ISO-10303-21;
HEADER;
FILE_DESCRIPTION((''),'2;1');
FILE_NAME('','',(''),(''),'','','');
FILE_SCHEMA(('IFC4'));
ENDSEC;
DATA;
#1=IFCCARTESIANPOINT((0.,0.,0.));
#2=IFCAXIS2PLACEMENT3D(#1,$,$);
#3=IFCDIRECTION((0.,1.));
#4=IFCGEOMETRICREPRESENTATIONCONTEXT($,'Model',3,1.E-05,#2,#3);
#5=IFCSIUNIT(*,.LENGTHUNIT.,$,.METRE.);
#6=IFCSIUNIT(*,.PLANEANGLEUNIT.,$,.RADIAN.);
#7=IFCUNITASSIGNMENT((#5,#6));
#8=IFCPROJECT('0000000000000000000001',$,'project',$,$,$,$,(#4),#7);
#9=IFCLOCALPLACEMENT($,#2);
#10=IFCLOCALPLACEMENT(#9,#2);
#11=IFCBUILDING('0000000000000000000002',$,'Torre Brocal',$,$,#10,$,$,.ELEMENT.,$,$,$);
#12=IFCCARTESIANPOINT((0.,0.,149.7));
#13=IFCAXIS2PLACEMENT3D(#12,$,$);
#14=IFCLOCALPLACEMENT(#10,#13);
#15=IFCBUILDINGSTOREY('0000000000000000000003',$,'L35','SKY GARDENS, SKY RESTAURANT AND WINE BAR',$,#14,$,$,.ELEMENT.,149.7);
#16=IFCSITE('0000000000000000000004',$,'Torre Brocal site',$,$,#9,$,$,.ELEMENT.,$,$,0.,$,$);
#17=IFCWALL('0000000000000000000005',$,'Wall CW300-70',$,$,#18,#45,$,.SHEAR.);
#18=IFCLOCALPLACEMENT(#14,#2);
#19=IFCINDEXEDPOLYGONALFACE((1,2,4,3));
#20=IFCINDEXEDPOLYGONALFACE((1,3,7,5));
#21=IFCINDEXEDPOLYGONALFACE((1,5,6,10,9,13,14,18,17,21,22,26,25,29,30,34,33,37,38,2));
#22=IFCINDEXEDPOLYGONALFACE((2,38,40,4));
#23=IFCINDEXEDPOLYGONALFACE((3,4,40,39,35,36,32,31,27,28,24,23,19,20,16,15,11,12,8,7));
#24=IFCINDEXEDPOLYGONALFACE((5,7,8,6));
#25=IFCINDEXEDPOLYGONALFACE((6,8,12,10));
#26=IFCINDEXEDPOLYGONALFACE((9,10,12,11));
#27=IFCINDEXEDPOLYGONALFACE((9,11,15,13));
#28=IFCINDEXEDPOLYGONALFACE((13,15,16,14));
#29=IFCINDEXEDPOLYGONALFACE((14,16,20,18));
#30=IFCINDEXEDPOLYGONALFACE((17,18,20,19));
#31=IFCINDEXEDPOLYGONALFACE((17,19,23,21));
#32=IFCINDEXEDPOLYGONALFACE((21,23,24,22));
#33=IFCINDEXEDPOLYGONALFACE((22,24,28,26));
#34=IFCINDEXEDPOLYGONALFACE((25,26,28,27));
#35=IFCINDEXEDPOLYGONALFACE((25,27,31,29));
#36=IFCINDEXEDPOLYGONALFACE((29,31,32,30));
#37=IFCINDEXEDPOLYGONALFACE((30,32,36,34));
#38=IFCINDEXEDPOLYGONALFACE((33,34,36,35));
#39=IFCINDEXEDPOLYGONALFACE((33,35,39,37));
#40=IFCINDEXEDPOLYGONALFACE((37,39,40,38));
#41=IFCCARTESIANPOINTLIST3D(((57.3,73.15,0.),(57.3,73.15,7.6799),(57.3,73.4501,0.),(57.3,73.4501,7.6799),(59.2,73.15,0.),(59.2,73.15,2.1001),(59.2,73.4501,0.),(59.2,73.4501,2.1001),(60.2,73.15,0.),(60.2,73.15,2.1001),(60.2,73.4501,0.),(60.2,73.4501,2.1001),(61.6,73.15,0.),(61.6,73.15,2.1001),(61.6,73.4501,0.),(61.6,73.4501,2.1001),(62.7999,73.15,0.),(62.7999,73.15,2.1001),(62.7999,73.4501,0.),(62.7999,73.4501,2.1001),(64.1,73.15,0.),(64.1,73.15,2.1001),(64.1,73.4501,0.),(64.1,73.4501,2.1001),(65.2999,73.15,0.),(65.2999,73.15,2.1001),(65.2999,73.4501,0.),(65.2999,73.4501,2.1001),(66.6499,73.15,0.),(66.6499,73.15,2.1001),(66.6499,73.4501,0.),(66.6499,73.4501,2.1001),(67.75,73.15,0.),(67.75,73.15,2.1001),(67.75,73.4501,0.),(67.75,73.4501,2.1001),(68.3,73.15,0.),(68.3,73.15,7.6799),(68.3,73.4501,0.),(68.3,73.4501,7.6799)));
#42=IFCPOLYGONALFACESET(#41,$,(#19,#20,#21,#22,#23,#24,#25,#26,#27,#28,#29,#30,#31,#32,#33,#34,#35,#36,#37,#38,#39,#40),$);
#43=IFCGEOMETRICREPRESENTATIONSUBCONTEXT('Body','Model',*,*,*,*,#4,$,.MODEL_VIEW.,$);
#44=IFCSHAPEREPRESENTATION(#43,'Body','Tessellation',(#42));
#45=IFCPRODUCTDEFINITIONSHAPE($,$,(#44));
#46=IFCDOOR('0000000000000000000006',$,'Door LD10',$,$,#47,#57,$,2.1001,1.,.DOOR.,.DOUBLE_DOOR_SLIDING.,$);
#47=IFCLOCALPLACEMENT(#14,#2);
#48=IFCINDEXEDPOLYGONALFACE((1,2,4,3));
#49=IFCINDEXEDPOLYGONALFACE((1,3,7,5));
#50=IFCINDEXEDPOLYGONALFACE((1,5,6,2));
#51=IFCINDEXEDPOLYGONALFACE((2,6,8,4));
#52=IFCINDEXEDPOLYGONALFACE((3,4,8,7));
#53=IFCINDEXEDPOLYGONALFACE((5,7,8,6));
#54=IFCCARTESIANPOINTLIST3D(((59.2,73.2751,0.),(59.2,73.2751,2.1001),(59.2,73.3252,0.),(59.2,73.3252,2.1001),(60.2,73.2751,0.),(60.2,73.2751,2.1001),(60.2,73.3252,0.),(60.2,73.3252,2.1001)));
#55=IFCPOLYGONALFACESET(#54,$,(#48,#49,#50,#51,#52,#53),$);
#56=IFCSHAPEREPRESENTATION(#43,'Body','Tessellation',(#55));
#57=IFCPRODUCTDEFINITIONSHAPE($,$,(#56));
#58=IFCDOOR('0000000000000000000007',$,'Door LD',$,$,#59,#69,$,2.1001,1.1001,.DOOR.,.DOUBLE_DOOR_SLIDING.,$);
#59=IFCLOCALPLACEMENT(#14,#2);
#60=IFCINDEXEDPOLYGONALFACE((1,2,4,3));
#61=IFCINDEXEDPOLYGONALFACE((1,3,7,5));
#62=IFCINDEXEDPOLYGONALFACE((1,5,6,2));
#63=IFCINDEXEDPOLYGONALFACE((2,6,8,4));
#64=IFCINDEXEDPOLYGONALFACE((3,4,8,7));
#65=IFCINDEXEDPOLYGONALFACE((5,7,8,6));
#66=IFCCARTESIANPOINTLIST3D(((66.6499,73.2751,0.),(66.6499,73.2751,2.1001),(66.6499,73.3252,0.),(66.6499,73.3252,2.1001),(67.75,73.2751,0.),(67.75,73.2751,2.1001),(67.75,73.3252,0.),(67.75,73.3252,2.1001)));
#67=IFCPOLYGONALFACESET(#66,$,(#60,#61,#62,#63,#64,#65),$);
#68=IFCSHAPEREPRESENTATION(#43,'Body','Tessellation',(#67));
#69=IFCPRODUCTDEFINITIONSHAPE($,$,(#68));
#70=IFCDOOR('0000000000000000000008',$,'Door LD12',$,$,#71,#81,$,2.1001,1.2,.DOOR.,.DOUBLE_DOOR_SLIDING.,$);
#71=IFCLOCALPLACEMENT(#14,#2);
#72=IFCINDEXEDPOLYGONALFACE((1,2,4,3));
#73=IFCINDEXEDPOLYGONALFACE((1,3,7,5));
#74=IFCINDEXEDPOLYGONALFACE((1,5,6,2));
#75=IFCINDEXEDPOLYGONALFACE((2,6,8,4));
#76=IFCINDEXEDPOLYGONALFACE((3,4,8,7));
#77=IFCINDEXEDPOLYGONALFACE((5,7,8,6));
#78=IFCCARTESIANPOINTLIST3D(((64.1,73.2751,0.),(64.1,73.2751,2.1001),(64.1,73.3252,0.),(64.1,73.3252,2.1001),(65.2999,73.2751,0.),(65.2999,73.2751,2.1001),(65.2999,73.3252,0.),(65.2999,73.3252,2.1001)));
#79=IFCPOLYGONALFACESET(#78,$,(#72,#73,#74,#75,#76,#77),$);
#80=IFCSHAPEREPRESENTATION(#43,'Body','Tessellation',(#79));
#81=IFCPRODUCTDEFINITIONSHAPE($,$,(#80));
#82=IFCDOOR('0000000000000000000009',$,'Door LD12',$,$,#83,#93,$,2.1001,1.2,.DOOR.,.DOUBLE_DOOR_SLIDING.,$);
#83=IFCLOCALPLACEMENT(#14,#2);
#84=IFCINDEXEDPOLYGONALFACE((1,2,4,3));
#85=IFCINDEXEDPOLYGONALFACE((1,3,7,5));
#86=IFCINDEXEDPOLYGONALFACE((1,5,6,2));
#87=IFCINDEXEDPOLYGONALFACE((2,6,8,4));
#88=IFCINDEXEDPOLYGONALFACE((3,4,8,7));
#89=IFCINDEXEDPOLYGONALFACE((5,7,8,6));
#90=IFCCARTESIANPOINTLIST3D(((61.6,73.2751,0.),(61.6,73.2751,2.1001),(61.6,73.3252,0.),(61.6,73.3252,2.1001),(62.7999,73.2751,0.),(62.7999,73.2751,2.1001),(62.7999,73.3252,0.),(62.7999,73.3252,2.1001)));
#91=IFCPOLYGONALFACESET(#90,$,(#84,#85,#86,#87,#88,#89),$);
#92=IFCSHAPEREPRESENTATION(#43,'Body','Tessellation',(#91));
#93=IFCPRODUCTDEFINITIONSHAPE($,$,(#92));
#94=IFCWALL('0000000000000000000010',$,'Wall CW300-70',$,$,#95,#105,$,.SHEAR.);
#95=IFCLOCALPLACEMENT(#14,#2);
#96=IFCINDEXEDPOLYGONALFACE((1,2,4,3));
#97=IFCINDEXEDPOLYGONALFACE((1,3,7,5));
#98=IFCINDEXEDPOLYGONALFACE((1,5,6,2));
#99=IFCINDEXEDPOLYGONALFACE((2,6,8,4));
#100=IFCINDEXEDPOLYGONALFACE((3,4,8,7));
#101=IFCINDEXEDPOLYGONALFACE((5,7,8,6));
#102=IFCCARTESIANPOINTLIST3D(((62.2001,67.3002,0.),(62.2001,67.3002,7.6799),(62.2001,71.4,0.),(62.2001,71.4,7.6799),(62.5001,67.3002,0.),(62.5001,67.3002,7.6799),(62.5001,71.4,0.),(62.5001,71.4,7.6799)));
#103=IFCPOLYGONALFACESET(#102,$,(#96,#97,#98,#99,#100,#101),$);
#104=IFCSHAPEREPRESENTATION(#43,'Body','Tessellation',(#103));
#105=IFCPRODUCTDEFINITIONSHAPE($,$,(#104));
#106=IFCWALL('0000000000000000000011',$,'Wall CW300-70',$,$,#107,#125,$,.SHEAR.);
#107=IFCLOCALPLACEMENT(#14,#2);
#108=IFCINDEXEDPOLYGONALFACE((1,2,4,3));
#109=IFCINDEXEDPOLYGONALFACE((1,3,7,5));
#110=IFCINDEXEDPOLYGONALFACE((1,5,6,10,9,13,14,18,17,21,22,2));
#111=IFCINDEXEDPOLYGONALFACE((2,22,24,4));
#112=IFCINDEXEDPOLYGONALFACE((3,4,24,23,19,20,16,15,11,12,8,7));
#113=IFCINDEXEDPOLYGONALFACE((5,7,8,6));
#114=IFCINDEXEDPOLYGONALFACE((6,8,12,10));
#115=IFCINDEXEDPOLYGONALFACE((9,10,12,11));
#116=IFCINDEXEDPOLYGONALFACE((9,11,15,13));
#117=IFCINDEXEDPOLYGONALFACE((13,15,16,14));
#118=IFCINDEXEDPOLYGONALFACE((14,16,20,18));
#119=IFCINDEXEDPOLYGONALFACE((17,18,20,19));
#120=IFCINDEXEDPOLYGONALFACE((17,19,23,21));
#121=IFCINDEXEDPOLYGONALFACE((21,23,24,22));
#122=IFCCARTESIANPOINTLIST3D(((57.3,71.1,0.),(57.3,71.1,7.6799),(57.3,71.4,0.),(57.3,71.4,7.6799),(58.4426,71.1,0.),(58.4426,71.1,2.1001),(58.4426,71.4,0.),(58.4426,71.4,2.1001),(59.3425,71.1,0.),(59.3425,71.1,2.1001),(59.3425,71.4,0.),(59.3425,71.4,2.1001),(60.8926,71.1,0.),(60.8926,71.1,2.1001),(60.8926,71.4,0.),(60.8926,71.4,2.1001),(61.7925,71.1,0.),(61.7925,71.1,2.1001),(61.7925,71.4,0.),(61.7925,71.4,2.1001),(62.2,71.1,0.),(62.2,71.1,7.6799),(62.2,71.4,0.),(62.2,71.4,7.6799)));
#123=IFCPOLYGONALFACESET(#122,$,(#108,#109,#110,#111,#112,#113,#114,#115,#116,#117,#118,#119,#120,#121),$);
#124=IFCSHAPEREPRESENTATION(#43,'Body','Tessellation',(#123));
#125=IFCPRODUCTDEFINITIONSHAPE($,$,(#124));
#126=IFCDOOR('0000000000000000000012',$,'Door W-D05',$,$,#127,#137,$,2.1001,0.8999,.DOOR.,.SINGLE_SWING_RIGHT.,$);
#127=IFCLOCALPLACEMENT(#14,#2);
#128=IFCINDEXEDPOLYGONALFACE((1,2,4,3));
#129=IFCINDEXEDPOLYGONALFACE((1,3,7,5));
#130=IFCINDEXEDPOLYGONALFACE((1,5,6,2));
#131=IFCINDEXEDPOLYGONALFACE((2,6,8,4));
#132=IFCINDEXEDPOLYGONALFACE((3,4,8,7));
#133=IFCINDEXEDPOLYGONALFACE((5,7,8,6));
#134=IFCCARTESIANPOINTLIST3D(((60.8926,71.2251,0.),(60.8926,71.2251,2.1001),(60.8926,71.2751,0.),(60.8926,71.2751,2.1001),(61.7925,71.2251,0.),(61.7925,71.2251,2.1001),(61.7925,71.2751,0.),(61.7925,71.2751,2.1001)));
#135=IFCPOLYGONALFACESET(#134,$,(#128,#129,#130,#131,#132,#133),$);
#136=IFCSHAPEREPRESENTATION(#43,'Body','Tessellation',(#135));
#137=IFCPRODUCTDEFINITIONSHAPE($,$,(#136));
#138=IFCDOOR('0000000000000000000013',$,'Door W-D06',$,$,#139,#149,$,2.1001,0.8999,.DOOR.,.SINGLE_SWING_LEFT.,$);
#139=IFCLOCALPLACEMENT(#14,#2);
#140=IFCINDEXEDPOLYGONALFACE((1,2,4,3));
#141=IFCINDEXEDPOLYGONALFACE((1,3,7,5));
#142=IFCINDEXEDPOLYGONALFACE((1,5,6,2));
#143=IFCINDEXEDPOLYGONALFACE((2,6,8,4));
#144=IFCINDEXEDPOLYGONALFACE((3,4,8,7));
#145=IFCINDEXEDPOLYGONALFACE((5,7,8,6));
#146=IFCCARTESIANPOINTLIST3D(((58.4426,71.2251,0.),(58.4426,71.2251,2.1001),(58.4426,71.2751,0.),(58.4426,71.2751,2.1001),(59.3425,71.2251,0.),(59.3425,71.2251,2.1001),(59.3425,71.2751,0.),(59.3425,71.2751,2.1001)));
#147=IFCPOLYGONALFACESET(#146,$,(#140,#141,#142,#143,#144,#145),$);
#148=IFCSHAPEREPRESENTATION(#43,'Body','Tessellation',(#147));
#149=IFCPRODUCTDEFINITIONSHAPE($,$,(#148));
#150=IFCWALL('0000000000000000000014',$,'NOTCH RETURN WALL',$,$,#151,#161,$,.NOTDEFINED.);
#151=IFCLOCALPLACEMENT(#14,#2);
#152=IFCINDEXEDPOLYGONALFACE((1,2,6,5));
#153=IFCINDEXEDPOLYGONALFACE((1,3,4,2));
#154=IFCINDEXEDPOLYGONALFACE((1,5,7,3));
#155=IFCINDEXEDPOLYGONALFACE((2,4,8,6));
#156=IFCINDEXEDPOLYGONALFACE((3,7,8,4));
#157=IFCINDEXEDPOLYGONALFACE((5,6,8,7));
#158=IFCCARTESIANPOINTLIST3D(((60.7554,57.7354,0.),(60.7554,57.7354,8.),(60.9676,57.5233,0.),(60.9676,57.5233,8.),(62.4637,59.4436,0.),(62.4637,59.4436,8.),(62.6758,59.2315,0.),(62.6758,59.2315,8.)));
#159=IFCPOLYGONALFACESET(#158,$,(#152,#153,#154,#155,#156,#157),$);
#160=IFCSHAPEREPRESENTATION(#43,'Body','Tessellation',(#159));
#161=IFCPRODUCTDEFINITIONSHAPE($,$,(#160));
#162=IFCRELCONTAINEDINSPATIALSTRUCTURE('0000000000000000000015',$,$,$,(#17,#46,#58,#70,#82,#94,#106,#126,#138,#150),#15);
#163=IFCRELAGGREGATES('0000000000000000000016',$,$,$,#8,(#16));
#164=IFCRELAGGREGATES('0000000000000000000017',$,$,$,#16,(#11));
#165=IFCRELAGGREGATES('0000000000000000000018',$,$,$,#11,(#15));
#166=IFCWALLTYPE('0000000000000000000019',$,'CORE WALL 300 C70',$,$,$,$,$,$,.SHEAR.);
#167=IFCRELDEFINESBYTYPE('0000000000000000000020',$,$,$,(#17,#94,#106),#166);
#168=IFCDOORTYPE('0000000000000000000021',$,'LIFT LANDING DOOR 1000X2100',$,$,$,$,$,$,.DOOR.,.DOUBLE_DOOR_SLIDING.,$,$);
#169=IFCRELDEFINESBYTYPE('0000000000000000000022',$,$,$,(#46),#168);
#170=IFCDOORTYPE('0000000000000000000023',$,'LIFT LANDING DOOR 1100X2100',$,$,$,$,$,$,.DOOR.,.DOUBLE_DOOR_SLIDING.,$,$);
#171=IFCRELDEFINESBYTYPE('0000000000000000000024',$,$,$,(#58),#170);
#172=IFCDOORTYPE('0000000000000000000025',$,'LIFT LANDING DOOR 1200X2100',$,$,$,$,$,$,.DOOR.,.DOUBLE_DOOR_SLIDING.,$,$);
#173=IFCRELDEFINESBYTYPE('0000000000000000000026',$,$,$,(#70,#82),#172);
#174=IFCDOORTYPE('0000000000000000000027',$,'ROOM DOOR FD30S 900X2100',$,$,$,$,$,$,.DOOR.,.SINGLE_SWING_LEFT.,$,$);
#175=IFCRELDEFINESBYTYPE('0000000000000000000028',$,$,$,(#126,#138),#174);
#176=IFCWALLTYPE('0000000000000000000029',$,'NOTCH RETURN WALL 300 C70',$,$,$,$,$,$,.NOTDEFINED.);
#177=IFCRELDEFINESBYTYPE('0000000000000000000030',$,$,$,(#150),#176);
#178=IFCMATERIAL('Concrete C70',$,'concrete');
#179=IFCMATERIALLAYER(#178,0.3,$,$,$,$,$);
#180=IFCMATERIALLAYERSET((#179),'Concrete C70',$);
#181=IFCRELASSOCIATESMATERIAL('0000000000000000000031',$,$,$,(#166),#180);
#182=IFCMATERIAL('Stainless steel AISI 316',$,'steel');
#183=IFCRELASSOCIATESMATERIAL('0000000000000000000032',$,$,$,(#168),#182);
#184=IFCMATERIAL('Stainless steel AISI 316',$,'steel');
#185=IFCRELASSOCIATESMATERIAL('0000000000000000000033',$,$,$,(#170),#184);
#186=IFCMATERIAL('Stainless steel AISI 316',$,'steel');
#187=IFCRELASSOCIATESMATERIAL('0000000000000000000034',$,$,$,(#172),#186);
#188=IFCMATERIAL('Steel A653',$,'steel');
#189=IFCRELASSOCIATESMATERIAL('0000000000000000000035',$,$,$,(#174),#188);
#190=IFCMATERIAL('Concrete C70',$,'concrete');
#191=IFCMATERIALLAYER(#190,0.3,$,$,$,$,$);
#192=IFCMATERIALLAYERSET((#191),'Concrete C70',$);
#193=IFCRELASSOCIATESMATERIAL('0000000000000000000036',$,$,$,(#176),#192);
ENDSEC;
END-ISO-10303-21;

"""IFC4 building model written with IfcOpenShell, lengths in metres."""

from ifc_helpers import new_model, si_unit, direction, frame, frame_2d, origin, place, context, subcontext, project, spatial, rectangle, extrude, material, layer, layer_set, type_object, element, fill, save


model = new_model("IFC4")

# Units and contexts
model_context = context("Model", 3, precision=1e-05, world=origin(), true_north=direction((0.0, 1.0)))
body_context = subcontext(model_context, "Body", "Model", "MODEL_VIEW")
ifc_project = project(units=[si_unit("LENGTHUNIT", "METRE"), si_unit("PLANEANGLEUNIT", "RADIAN")], contexts=[model_context])

# Site, building, storey
site_placement = place(None, origin())
site = spatial("IfcSite", under=ifc_project, at=site_placement, Name="Torre Brocal site", CompositionType="ELEMENT", RefElevation=0.0)
building_placement = place(site_placement, origin())
building = spatial("IfcBuilding", under=site, at=building_placement, Name="Torre Brocal", CompositionType="ELEMENT")
storey_placement = place(building_placement, frame((0.0, 0.0, 149.7)))
storey = spatial("IfcBuildingStorey", under=building, at=storey_placement, Name="L35", Description="SKY GARDENS, SKY RESTAURANT AND WINE BAR", CompositionType="ELEMENT", Elevation=149.7)

# Wall, openings, doors
ifc_material_1 = material(Name="Concrete C70", Category="concrete")
ifc_layer_1 = layer(ifc_material_1, 0.3)
ifc_layer_set_1 = layer_set([ifc_layer_1], Name="Concrete C70")
wall_type_1 = type_object("IfcWallType", Name="CORE WALL 300 C70", PredefinedType="SHEAR", material=ifc_layer_set_1)
wall_1_placement = place(storey_placement, frame((68.3, 73.3, 0.0), z_axis=(0.0, 0.0, 1.0), x_axis=(-1.0, 0.0, 0.0)))
wall_1 = element("IfcWall", 1, at=wall_1_placement, inside=storey, type_object=wall_type_1, Name="Wall CW300-70", PredefinedType="SHEAR", context=body_context, shape_type="SweptSolid", body=[
    extrude(rectangle(XDim=11.0, YDim=0.3, at=frame_2d((5.5, 0.0))), origin(), (0.0, 0.0, 1.0), 7.6799),
])
opening_1_placement = place(wall_1_placement, frame((0.55, 0.0, 0.0)))
opening_1 = element("IfcOpeningElement", 2, at=opening_1_placement, cuts=wall_1, PredefinedType="OPENING", context=body_context, shape_type="SweptSolid", body=[
    extrude(rectangle(XDim=1.1001, YDim=2.1001, at=frame_2d((0.55, 1.05))), frame((0.0, 0.1599, 0.0), z_axis=(0.0, -1.0, 0.0), x_axis=(1.0, 0.0, 0.0)), (0.0, 0.0, 1.0), 0.3201),
])
opening_2_placement = place(wall_1_placement, frame((3.0, 0.0, 0.0)))
opening_2 = element("IfcOpeningElement", 3, at=opening_2_placement, cuts=wall_1, PredefinedType="OPENING", context=body_context, shape_type="SweptSolid", body=[
    extrude(rectangle(XDim=1.2, YDim=2.1001, at=frame_2d((0.6001, 1.05))), frame((0.0, 0.1599, 0.0), z_axis=(0.0, -1.0, 0.0), x_axis=(1.0, 0.0, 0.0)), (0.0, 0.0, 1.0), 0.3201),
])
opening_3_placement = place(wall_1_placement, frame((5.5, 0.0, 0.0)))
opening_3 = element("IfcOpeningElement", 4, at=opening_3_placement, cuts=wall_1, PredefinedType="OPENING", context=body_context, shape_type="SweptSolid", body=[
    extrude(rectangle(XDim=1.2, YDim=2.1001, at=frame_2d((0.6001, 1.05))), frame((0.0, 0.1599, 0.0), z_axis=(0.0, -1.0, 0.0), x_axis=(1.0, 0.0, 0.0)), (0.0, 0.0, 1.0), 0.3201),
])
opening_4_placement = place(wall_1_placement, frame((8.1001, 0.0, 0.0)))
opening_4 = element("IfcOpeningElement", 5, at=opening_4_placement, cuts=wall_1, PredefinedType="OPENING", context=body_context, shape_type="SweptSolid", body=[
    extrude(rectangle(XDim=1.0, YDim=2.1001, at=frame_2d((0.5, 1.05))), frame((0.0, 0.1599, 0.0), z_axis=(0.0, -1.0, 0.0), x_axis=(1.0, 0.0, 0.0)), (0.0, 0.0, 1.0), 0.3201),
])
ifc_material_2 = material(Name="Stainless steel AISI 316", Category="steel")
door_type_1 = type_object("IfcDoorType", Name="LIFT LANDING DOOR 1000X2100", OperationType="DOUBLE_DOOR_SLIDING", PredefinedType="DOOR", material=ifc_material_2)
door_1_placement = place(opening_4_placement, origin())
door_1 = element("IfcDoor", 6, at=door_1_placement, inside=storey, type_object=door_type_1, Name="Door LD10", OperationType="DOUBLE_DOOR_SLIDING", OverallHeight=2.1001, OverallWidth=1.0, PredefinedType="DOOR", context=body_context, shape_type="SweptSolid", body=[
    extrude(rectangle(XDim=1.0, YDim=2.1001, at=frame_2d((0.5, 1.05))), frame((0.0, 0.0249, 0.0), z_axis=(0.0, -1.0, 0.0), x_axis=(1.0, 0.0, 0.0)), (0.0, 0.0, 1.0), 0.05),
])
fill(opening_4, door_1)
ifc_material_3 = material(Name="Stainless steel AISI 316", Category="steel")
door_type_2 = type_object("IfcDoorType", Name="LIFT LANDING DOOR 1100X2100", OperationType="DOUBLE_DOOR_SLIDING", PredefinedType="DOOR", material=ifc_material_3)
door_2_placement = place(opening_1_placement, origin())
door_2 = element("IfcDoor", 7, at=door_2_placement, inside=storey, type_object=door_type_2, Name="Door LD", OperationType="DOUBLE_DOOR_SLIDING", OverallHeight=2.1001, OverallWidth=1.1001, PredefinedType="DOOR", context=body_context, shape_type="SweptSolid", body=[
    extrude(rectangle(XDim=1.1001, YDim=2.1001, at=frame_2d((0.55, 1.05))), frame((0.0, 0.0249, 0.0), z_axis=(0.0, -1.0, 0.0), x_axis=(1.0, 0.0, 0.0)), (0.0, 0.0, 1.0), 0.05),
])
fill(opening_1, door_2)
ifc_material_4 = material(Name="Stainless steel AISI 316", Category="steel")
door_type_3 = type_object("IfcDoorType", Name="LIFT LANDING DOOR 1200X2100", OperationType="DOUBLE_DOOR_SLIDING", PredefinedType="DOOR", material=ifc_material_4)
door_3_placement = place(opening_2_placement, origin())
door_3 = element("IfcDoor", 8, at=door_3_placement, inside=storey, type_object=door_type_3, Name="Door LD12", OperationType="DOUBLE_DOOR_SLIDING", OverallHeight=2.1001, OverallWidth=1.2, PredefinedType="DOOR", context=body_context, shape_type="SweptSolid", body=[
    extrude(rectangle(XDim=1.2, YDim=2.1001, at=frame_2d((0.6001, 1.05))), frame((0.0, 0.0249, 0.0), z_axis=(0.0, -1.0, 0.0), x_axis=(1.0, 0.0, 0.0)), (0.0, 0.0, 1.0), 0.05),
])
fill(opening_2, door_3)
door_4_placement = place(opening_3_placement, origin())
door_4 = element("IfcDoor", 9, at=door_4_placement, inside=storey, type_object=door_type_3, Name="Door LD12", OperationType="DOUBLE_DOOR_SLIDING", OverallHeight=2.1001, OverallWidth=1.2, PredefinedType="DOOR", context=body_context, shape_type="SweptSolid", body=[
    extrude(rectangle(XDim=1.2, YDim=2.1001, at=frame_2d((0.6001, 1.05))), frame((0.0, 0.0249, 0.0), z_axis=(0.0, -1.0, 0.0), x_axis=(1.0, 0.0, 0.0)), (0.0, 0.0, 1.0), 0.05),
])
fill(opening_3, door_4)

# Wall
wall_2_placement = place(storey_placement, frame((62.3501, 71.3999, 0.0), z_axis=(0.0, 0.0, 1.0), x_axis=(0.0, -1.0, 0.0)))
element("IfcWall", 10, at=wall_2_placement, inside=storey, type_object=wall_type_1, Name="Wall CW300-70", PredefinedType="SHEAR", context=body_context, shape_type="SweptSolid", body=[
    extrude(rectangle(XDim=4.0999, YDim=0.3, at=frame_2d((2.0498, 0.0))), origin(), (0.0, 0.0, 1.0), 7.6799),
])

# Wall, openings, doors
wall_3_placement = place(storey_placement, frame((62.2, 71.25, 0.0), z_axis=(0.0, 0.0, 1.0), x_axis=(-1.0, 0.0, 0.0)))
wall_3 = element("IfcWall", 11, at=wall_3_placement, inside=storey, type_object=wall_type_1, Name="Wall CW300-70", PredefinedType="SHEAR", context=body_context, shape_type="SweptSolid", body=[
    extrude(rectangle(XDim=4.8999, YDim=0.3, at=frame_2d((2.45, 0.0))), origin(), (0.0, 0.0, 1.0), 7.6799),
])
opening_5_placement = place(wall_3_placement, frame((0.4075, 0.0, 0.0)))
opening_5 = element("IfcOpeningElement", 12, at=opening_5_placement, cuts=wall_3, PredefinedType="OPENING", context=body_context, shape_type="SweptSolid", body=[
    extrude(rectangle(XDim=0.8999, YDim=2.1001, at=frame_2d((0.45, 1.05))), frame((0.0, 0.1599, 0.0), z_axis=(0.0, -1.0, 0.0), x_axis=(1.0, 0.0, 0.0)), (0.0, 0.0, 1.0), 0.3201),
])
opening_6_placement = place(wall_3_placement, frame((2.8574, 0.0, 0.0)))
opening_6 = element("IfcOpeningElement", 13, at=opening_6_placement, cuts=wall_3, PredefinedType="OPENING", context=body_context, shape_type="SweptSolid", body=[
    extrude(rectangle(XDim=0.8999, YDim=2.1001, at=frame_2d((0.45, 1.05))), frame((0.0, 0.1599, 0.0), z_axis=(0.0, -1.0, 0.0), x_axis=(1.0, 0.0, 0.0)), (0.0, 0.0, 1.0), 0.3201),
])
ifc_material_5 = material(Name="Steel A653", Category="steel")
door_type_4 = type_object("IfcDoorType", Name="ROOM DOOR FD30S 900X2100", OperationType="SINGLE_SWING_LEFT", PredefinedType="DOOR", material=ifc_material_5)
door_5_placement = place(opening_5_placement, origin())
door_5 = element("IfcDoor", 14, at=door_5_placement, inside=storey, type_object=door_type_4, Name="Door W-D05", OperationType="SINGLE_SWING_RIGHT", OverallHeight=2.1001, OverallWidth=0.8999, PredefinedType="DOOR", context=body_context, shape_type="SweptSolid", body=[
    extrude(rectangle(XDim=0.8999, YDim=2.1001, at=frame_2d((0.45, 1.05))), frame((0.0, 0.0249, 0.0), z_axis=(0.0, -1.0, 0.0), x_axis=(1.0, 0.0, 0.0)), (0.0, 0.0, 1.0), 0.05),
])
fill(opening_5, door_5)
door_6_placement = place(opening_6_placement, origin())
door_6 = element("IfcDoor", 15, at=door_6_placement, inside=storey, type_object=door_type_4, Name="Door W-D06", OperationType="SINGLE_SWING_LEFT", OverallHeight=2.1001, OverallWidth=0.8999, PredefinedType="DOOR", context=body_context, shape_type="SweptSolid", body=[
    extrude(rectangle(XDim=0.8999, YDim=2.1001, at=frame_2d((0.45, 1.05))), frame((0.0, 0.0249, 0.0), z_axis=(0.0, -1.0, 0.0), x_axis=(1.0, 0.0, 0.0)), (0.0, 0.0, 1.0), 0.05),
])
fill(opening_6, door_6)

# Wall
ifc_material_6 = material(Name="Concrete C70", Category="concrete")
ifc_layer_2 = layer(ifc_material_6, 0.3)
ifc_layer_set_2 = layer_set([ifc_layer_2], Name="Concrete C70")
wall_type_2 = type_object("IfcWallType", Name="NOTCH RETURN WALL 300 C70", PredefinedType="NOTDEFINED", material=ifc_layer_set_2)
wall_4_placement = place(storey_placement, frame((62.5698, 59.3376, 0.0), z_axis=(0.0, 0.0, 1.0), x_axis=(-0.707107, -0.707107, 0.0)))
element("IfcWall", 16, at=wall_4_placement, inside=storey, type_object=wall_type_2, Name="NOTCH RETURN WALL", PredefinedType="NOTDEFINED", context=body_context, shape_type="SweptSolid", body=[
    extrude(rectangle(XDim=2.4158, YDim=0.3, at=frame_2d((1.208, 0.0))), origin(), (0.0, 0.0, 1.0), 8.0),
])

save(model, "model.ifc")
